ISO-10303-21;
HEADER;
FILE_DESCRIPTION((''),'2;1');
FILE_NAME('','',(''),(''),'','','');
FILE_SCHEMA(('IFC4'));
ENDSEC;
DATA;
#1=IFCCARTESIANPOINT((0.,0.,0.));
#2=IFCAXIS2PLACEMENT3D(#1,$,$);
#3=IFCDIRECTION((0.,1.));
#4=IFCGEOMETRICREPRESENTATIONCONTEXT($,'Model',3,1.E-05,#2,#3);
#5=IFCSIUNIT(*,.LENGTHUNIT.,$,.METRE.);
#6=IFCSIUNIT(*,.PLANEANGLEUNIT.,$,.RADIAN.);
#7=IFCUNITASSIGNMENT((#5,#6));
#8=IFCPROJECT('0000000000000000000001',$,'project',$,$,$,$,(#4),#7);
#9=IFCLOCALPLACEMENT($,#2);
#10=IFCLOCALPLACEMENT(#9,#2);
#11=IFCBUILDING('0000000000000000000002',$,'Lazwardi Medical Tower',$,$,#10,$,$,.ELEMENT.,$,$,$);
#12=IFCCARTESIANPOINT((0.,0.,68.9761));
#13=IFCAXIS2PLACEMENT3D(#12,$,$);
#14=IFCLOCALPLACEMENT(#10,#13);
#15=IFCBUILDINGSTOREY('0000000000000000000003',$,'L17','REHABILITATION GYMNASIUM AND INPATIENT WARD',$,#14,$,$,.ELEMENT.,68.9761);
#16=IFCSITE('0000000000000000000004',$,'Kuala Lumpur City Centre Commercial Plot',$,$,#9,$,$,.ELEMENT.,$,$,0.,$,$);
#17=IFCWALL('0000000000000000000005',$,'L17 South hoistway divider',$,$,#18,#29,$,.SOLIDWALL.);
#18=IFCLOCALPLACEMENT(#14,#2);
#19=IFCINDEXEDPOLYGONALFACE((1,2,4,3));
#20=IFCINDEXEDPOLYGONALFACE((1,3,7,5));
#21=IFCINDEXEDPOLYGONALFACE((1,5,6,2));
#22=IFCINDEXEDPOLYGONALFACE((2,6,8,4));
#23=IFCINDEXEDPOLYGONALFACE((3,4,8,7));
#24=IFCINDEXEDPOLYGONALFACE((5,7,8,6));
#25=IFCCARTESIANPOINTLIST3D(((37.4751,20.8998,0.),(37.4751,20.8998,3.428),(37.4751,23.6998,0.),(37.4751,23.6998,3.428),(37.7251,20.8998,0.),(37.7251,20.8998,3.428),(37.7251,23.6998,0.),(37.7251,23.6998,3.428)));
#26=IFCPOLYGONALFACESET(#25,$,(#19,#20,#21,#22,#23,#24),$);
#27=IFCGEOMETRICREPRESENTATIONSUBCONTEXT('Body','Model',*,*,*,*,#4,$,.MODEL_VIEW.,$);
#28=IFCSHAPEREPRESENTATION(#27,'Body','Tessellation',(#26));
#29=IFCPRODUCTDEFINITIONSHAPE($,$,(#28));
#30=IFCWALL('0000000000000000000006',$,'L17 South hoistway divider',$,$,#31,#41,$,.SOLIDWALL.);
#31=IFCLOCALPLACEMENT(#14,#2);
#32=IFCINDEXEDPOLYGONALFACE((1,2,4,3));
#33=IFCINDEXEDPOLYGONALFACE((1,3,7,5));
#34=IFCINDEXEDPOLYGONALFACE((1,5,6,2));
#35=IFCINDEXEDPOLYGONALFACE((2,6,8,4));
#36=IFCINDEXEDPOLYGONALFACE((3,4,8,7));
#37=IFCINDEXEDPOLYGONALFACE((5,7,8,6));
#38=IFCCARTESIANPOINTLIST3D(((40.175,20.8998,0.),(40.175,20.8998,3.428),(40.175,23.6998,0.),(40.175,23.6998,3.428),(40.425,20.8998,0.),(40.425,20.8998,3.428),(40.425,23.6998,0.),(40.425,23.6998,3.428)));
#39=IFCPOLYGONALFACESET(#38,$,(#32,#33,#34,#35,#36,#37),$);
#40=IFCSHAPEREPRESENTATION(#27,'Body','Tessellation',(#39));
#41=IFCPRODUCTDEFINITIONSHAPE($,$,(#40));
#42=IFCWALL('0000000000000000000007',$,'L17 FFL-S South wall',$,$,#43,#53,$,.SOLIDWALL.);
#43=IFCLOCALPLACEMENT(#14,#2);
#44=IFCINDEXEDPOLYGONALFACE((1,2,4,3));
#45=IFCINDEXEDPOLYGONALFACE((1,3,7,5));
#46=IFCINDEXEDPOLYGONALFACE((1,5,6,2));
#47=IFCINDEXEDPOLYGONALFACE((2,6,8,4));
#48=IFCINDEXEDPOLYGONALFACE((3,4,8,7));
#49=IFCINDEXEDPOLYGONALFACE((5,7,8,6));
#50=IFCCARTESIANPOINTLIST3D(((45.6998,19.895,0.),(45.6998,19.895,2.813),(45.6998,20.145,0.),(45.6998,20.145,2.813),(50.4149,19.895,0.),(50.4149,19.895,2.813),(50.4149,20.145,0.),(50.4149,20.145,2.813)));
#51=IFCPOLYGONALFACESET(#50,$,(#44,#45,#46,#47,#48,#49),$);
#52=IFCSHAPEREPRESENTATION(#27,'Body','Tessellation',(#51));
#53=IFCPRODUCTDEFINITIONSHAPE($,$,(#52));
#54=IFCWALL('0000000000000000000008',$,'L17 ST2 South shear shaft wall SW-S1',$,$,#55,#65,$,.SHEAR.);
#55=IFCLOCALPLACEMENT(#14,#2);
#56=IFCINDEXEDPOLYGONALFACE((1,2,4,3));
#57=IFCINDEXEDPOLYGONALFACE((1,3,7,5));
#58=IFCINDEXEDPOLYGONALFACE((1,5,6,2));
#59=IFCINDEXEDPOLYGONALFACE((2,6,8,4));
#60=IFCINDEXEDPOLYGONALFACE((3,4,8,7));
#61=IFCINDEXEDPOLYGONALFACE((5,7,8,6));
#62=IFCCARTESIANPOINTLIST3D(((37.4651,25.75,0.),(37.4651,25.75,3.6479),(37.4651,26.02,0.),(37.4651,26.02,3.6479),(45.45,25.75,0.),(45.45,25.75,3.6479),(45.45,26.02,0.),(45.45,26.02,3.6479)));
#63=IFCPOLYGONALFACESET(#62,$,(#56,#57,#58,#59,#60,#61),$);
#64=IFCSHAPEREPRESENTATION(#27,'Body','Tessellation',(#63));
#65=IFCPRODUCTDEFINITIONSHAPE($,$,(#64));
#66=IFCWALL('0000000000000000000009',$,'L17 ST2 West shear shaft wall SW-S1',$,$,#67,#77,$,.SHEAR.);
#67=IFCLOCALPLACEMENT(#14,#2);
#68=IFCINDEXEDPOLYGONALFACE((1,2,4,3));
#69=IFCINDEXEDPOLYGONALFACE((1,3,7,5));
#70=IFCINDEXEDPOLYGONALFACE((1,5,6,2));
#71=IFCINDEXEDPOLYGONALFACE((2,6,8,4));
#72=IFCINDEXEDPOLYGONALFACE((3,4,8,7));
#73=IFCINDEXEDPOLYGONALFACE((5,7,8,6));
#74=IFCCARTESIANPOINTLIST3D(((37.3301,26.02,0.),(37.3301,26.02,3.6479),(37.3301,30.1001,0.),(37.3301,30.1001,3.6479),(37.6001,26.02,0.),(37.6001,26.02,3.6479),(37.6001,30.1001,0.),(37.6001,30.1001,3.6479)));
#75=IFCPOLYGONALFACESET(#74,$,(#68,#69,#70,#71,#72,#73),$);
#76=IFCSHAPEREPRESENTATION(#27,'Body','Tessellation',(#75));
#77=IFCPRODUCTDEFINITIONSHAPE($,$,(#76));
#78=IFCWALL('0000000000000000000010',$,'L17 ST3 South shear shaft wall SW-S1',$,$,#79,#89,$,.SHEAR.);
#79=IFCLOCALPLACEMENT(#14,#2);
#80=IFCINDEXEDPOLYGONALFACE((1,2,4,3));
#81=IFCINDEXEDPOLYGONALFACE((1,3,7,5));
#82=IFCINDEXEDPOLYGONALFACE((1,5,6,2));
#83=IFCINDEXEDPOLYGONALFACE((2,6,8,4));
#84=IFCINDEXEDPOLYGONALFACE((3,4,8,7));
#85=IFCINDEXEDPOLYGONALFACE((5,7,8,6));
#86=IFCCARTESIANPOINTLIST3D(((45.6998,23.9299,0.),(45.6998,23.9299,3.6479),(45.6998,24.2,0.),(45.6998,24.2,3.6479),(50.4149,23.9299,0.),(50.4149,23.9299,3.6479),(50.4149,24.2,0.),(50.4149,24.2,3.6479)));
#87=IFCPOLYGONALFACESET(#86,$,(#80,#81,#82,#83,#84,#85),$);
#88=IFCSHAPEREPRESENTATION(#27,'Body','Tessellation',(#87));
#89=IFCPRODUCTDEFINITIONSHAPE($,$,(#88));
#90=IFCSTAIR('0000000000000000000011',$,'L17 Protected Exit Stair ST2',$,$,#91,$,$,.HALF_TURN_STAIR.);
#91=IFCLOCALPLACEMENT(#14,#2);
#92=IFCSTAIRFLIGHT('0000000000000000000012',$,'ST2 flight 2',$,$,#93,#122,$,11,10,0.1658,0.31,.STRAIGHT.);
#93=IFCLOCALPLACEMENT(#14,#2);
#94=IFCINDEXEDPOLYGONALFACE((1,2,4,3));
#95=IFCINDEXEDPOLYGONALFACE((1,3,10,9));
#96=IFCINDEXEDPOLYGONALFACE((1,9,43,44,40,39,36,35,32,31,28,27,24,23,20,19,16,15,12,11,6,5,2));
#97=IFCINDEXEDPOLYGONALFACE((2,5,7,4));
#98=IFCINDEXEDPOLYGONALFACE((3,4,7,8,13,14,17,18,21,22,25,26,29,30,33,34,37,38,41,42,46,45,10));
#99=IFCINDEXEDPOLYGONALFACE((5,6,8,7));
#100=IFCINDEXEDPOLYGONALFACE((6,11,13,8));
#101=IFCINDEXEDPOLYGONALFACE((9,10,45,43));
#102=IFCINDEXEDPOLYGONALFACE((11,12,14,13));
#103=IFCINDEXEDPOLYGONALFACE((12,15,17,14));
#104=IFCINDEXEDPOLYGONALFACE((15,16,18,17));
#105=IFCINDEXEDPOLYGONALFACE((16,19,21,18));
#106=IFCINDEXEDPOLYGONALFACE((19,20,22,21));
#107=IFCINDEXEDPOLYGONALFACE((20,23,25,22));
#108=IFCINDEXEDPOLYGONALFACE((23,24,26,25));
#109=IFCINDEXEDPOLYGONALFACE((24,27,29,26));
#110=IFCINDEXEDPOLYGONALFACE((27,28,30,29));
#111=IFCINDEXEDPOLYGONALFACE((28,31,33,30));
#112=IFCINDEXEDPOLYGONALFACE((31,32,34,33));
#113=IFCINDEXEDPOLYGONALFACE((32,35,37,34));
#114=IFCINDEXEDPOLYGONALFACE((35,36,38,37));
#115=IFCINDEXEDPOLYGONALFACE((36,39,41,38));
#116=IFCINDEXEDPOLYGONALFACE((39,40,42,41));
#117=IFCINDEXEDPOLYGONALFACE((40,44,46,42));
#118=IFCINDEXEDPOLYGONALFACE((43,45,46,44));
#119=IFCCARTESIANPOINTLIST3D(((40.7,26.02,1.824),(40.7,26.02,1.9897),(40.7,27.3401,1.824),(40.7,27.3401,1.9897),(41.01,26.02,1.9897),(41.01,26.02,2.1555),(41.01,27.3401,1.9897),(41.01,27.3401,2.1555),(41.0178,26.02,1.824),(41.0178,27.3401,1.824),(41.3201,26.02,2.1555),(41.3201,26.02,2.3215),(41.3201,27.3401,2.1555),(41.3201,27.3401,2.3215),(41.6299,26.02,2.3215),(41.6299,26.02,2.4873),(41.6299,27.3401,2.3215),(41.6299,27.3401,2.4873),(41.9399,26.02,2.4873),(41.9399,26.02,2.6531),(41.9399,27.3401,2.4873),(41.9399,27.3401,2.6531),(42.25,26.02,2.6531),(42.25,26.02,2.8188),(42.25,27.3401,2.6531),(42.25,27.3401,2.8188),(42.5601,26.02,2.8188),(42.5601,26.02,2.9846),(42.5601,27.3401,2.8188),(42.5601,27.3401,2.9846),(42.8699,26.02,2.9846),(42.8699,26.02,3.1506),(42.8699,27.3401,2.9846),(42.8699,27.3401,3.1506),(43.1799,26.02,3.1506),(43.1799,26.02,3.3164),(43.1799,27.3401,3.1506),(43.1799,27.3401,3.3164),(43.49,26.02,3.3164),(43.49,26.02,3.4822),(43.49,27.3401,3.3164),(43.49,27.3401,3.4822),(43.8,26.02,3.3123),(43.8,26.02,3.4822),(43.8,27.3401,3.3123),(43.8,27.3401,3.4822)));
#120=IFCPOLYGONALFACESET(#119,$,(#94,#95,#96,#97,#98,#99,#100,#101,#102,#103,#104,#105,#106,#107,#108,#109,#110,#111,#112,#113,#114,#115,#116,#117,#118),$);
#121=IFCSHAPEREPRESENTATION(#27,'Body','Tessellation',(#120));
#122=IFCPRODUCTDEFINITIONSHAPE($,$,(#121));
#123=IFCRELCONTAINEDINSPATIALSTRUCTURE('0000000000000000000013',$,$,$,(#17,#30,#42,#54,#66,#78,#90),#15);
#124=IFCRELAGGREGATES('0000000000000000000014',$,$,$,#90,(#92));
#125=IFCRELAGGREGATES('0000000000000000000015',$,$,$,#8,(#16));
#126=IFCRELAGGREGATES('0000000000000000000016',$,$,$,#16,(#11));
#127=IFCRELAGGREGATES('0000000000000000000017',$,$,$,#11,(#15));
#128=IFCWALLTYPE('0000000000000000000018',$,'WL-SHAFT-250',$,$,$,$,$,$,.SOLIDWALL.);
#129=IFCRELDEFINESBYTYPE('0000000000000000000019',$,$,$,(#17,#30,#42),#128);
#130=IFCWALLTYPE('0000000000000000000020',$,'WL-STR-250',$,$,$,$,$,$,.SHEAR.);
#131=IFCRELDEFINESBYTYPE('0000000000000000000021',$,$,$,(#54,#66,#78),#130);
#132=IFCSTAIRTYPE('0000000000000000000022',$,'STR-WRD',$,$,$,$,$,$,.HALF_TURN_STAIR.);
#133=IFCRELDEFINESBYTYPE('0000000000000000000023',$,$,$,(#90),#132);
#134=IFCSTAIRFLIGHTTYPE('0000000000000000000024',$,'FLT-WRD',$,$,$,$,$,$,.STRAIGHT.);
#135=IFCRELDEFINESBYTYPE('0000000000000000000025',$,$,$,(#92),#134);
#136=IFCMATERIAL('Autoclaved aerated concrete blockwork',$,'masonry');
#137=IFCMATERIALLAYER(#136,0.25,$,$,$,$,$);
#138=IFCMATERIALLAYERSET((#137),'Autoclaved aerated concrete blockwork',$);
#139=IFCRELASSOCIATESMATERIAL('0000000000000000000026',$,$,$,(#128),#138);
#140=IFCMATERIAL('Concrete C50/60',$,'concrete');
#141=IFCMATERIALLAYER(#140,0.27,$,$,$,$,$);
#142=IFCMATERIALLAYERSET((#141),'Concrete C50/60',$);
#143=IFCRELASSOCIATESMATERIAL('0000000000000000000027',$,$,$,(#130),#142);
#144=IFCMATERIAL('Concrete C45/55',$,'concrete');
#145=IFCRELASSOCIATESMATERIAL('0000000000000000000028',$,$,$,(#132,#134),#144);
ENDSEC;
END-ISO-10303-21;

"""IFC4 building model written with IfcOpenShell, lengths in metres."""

from ifc_helpers import new_model, si_unit, direction, frame, frame_2d, origin, place, context, subcontext, project, spatial, polyline, rectangle, outline, extrude, material, layer, layer_set, type_object, element, aggregate, save


model = new_model("IFC4")

# Units and contexts
model_context = context("Model", 3, precision=1e-05, world=origin(), true_north=direction((0.0, 1.0)))
body_context = subcontext(model_context, "Body", "Model", "MODEL_VIEW")
ifc_project = project(units=[si_unit("LENGTHUNIT", "METRE"), si_unit("PLANEANGLEUNIT", "RADIAN")], contexts=[model_context])

# Site, building, storey
site_placement = place(None, origin())
site = spatial("IfcSite", under=ifc_project, at=site_placement, Name="Kuala Lumpur City Centre Commercial Plot", CompositionType="ELEMENT", RefElevation=0.0)
building_placement = place(site_placement, origin())
building = spatial("IfcBuilding", under=site, at=building_placement, Name="Lazwardi Medical Tower", CompositionType="ELEMENT")
storey_placement = place(building_placement, frame((0.0, 0.0, 68.9761)))
storey = spatial("IfcBuildingStorey", under=building, at=storey_placement, Name="L17", Description="REHABILITATION GYMNASIUM AND INPATIENT WARD", CompositionType="ELEMENT", Elevation=68.9761)

# Walls
ifc_material_1 = material(Name="Autoclaved aerated concrete blockwork", Category="masonry")
ifc_layer_1 = layer(ifc_material_1, 0.25)
ifc_layer_set_1 = layer_set([ifc_layer_1], Name="Autoclaved aerated concrete blockwork")
wall_type_1 = type_object("IfcWallType", Name="WL-SHAFT-250", PredefinedType="SOLIDWALL", material=ifc_layer_set_1)
for number, where, z_axis, x_axis, name in (
    (1, (37.6001, 20.8999, 0.0), (0.0, 0.0, 1.0), (0.0, 1.0, 0.0), "L17 South hoistway divider"),
    (2, (40.3, 20.8999, 0.0), (0.0, 0.0, 1.0), (0.0, 1.0, 0.0), "L17 South hoistway divider"),
):
    element("IfcWall", number, at=place(storey_placement, frame(where, z_axis=z_axis, x_axis=x_axis)), inside=storey, type_object=wall_type_1, Name=name, PredefinedType="SOLIDWALL", context=body_context, shape_type="SweptSolid", body=[
        extrude(rectangle(XDim=2.8, YDim=0.25, at=frame_2d((1.3999, 0.0))), origin(), (0.0, 0.0, 1.0), 3.428),
    ])
wall_1_placement = place(storey_placement, frame((45.7, 20.02, 0.0), z_axis=(0.0, 0.0, 1.0), x_axis=(1.0, 0.0, 0.0)))
element("IfcWall", 3, at=wall_1_placement, inside=storey, type_object=wall_type_1, Name="L17 FFL-S South wall", PredefinedType="SOLIDWALL", context=body_context, shape_type="SweptSolid", body=[
    extrude(rectangle(XDim=4.7151, YDim=0.25, at=frame_2d((2.3574, 0.0))), origin(), (0.0, 0.0, 1.0), 2.813),
])
ifc_material_2 = material(Name="Concrete C50/60", Category="concrete")
ifc_layer_2 = layer(ifc_material_2, 0.27)
ifc_layer_set_2 = layer_set([ifc_layer_2], Name="Concrete C50/60")
wall_type_2 = type_object("IfcWallType", Name="WL-STR-250", PredefinedType="SHEAR", material=ifc_layer_set_2)
wall_2_placement = place(storey_placement, frame((37.4651, 25.885, 0.0), z_axis=(0.0, 0.0, 1.0), x_axis=(1.0, 0.0, 0.0)))
element("IfcWall", 4, at=wall_2_placement, inside=storey, type_object=wall_type_2, Name="L17 ST2 South shear shaft wall SW-S1", PredefinedType="SHEAR", context=body_context, shape_type="SweptSolid", body=[
    extrude(rectangle(XDim=7.9849, YDim=0.27, at=frame_2d((3.9924, 0.0))), origin(), (0.0, 0.0, 1.0), 3.6479),
])
wall_3_placement = place(storey_placement, frame((37.4651, 26.02, 0.0), z_axis=(0.0, 0.0, 1.0), x_axis=(0.0, 1.0, 0.0)))
element("IfcWall", 5, at=wall_3_placement, inside=storey, type_object=wall_type_2, Name="L17 ST2 West shear shaft wall SW-S1", PredefinedType="SHEAR", context=body_context, shape_type="SweptSolid", body=[
    extrude(rectangle(XDim=4.0801, YDim=0.27, at=frame_2d((2.04, 0.0))), origin(), (0.0, 0.0, 1.0), 3.6479),
])
wall_4_placement = place(storey_placement, frame((45.7, 24.0649, 0.0), z_axis=(0.0, 0.0, 1.0), x_axis=(1.0, 0.0, 0.0)))
element("IfcWall", 6, at=wall_4_placement, inside=storey, type_object=wall_type_2, Name="L17 ST3 South shear shaft wall SW-S1", PredefinedType="SHEAR", context=body_context, shape_type="SweptSolid", body=[
    extrude(rectangle(XDim=4.7151, YDim=0.27, at=frame_2d((2.3574, 0.0))), origin(), (0.0, 0.0, 1.0), 3.6479),
])

# Stair, stair flight
ifc_material_3 = material(Name="Concrete C45/55", Category="concrete")
stair_type = type_object("IfcStairType", Name="STR-WRD", PredefinedType="HALF_TURN_STAIR", material=ifc_material_3)
stair_placement = place(storey_placement, origin())
stair = element("IfcStair", 7, at=stair_placement, inside=storey, type_object=stair_type, Name="L17 Protected Exit Stair ST2", PredefinedType="HALF_TURN_STAIR")
stair_flight_type = type_object("IfcStairFlightType", Name="FLT-WRD", PredefinedType="STRAIGHT", material=ifc_material_3)
stair_flight_placement = place(storey_placement, frame((40.7, 26.6799, 1.824), z_axis=(0.0, 0.0, 1.0), x_axis=(1.0, 0.0, 0.0)))
stair_flight = element("IfcStairFlight", 8, at=stair_flight_placement, type_object=stair_flight_type, Name="ST2 flight 2", NumberOfRisers=11, NumberOfTreads=10, PredefinedType="STRAIGHT", RiserHeight=0.1658, TreadLength=0.31, context=body_context, shape_type="SweptSolid", body=[
    extrude(outline(polyline([(0.0, 0.0), (0.0, 0.1658), (0.3101, 0.1658), (0.3101, 0.3315), (0.6201, 0.3315), (0.6201, 0.4976), (0.9299, 0.4976), (0.9299, 0.6633), (1.24, 0.6633), (1.24, 0.8291), (1.55, 0.8291), (1.55, 0.9949), (1.8601, 0.9949), (1.8601, 1.1606), (2.1699, 1.1606), (2.1699, 1.3267), (2.48, 1.3267), (2.48, 1.4924), (2.79, 1.4924), (2.79, 1.6582), (3.1001, 1.6582), (3.1001, 1.824), (3.1001, 1.4883), (0.3179, 0.0), (0.0, 0.0)])), frame((0.0, 0.6602, 0.0), z_axis=(0.0, -1.0, 0.0), x_axis=(1.0, 0.0, 0.0)), (0.0, 0.0, 1.0), 1.3201),
])
aggregate(stair, [stair_flight])

save(model, "model.ifc")
